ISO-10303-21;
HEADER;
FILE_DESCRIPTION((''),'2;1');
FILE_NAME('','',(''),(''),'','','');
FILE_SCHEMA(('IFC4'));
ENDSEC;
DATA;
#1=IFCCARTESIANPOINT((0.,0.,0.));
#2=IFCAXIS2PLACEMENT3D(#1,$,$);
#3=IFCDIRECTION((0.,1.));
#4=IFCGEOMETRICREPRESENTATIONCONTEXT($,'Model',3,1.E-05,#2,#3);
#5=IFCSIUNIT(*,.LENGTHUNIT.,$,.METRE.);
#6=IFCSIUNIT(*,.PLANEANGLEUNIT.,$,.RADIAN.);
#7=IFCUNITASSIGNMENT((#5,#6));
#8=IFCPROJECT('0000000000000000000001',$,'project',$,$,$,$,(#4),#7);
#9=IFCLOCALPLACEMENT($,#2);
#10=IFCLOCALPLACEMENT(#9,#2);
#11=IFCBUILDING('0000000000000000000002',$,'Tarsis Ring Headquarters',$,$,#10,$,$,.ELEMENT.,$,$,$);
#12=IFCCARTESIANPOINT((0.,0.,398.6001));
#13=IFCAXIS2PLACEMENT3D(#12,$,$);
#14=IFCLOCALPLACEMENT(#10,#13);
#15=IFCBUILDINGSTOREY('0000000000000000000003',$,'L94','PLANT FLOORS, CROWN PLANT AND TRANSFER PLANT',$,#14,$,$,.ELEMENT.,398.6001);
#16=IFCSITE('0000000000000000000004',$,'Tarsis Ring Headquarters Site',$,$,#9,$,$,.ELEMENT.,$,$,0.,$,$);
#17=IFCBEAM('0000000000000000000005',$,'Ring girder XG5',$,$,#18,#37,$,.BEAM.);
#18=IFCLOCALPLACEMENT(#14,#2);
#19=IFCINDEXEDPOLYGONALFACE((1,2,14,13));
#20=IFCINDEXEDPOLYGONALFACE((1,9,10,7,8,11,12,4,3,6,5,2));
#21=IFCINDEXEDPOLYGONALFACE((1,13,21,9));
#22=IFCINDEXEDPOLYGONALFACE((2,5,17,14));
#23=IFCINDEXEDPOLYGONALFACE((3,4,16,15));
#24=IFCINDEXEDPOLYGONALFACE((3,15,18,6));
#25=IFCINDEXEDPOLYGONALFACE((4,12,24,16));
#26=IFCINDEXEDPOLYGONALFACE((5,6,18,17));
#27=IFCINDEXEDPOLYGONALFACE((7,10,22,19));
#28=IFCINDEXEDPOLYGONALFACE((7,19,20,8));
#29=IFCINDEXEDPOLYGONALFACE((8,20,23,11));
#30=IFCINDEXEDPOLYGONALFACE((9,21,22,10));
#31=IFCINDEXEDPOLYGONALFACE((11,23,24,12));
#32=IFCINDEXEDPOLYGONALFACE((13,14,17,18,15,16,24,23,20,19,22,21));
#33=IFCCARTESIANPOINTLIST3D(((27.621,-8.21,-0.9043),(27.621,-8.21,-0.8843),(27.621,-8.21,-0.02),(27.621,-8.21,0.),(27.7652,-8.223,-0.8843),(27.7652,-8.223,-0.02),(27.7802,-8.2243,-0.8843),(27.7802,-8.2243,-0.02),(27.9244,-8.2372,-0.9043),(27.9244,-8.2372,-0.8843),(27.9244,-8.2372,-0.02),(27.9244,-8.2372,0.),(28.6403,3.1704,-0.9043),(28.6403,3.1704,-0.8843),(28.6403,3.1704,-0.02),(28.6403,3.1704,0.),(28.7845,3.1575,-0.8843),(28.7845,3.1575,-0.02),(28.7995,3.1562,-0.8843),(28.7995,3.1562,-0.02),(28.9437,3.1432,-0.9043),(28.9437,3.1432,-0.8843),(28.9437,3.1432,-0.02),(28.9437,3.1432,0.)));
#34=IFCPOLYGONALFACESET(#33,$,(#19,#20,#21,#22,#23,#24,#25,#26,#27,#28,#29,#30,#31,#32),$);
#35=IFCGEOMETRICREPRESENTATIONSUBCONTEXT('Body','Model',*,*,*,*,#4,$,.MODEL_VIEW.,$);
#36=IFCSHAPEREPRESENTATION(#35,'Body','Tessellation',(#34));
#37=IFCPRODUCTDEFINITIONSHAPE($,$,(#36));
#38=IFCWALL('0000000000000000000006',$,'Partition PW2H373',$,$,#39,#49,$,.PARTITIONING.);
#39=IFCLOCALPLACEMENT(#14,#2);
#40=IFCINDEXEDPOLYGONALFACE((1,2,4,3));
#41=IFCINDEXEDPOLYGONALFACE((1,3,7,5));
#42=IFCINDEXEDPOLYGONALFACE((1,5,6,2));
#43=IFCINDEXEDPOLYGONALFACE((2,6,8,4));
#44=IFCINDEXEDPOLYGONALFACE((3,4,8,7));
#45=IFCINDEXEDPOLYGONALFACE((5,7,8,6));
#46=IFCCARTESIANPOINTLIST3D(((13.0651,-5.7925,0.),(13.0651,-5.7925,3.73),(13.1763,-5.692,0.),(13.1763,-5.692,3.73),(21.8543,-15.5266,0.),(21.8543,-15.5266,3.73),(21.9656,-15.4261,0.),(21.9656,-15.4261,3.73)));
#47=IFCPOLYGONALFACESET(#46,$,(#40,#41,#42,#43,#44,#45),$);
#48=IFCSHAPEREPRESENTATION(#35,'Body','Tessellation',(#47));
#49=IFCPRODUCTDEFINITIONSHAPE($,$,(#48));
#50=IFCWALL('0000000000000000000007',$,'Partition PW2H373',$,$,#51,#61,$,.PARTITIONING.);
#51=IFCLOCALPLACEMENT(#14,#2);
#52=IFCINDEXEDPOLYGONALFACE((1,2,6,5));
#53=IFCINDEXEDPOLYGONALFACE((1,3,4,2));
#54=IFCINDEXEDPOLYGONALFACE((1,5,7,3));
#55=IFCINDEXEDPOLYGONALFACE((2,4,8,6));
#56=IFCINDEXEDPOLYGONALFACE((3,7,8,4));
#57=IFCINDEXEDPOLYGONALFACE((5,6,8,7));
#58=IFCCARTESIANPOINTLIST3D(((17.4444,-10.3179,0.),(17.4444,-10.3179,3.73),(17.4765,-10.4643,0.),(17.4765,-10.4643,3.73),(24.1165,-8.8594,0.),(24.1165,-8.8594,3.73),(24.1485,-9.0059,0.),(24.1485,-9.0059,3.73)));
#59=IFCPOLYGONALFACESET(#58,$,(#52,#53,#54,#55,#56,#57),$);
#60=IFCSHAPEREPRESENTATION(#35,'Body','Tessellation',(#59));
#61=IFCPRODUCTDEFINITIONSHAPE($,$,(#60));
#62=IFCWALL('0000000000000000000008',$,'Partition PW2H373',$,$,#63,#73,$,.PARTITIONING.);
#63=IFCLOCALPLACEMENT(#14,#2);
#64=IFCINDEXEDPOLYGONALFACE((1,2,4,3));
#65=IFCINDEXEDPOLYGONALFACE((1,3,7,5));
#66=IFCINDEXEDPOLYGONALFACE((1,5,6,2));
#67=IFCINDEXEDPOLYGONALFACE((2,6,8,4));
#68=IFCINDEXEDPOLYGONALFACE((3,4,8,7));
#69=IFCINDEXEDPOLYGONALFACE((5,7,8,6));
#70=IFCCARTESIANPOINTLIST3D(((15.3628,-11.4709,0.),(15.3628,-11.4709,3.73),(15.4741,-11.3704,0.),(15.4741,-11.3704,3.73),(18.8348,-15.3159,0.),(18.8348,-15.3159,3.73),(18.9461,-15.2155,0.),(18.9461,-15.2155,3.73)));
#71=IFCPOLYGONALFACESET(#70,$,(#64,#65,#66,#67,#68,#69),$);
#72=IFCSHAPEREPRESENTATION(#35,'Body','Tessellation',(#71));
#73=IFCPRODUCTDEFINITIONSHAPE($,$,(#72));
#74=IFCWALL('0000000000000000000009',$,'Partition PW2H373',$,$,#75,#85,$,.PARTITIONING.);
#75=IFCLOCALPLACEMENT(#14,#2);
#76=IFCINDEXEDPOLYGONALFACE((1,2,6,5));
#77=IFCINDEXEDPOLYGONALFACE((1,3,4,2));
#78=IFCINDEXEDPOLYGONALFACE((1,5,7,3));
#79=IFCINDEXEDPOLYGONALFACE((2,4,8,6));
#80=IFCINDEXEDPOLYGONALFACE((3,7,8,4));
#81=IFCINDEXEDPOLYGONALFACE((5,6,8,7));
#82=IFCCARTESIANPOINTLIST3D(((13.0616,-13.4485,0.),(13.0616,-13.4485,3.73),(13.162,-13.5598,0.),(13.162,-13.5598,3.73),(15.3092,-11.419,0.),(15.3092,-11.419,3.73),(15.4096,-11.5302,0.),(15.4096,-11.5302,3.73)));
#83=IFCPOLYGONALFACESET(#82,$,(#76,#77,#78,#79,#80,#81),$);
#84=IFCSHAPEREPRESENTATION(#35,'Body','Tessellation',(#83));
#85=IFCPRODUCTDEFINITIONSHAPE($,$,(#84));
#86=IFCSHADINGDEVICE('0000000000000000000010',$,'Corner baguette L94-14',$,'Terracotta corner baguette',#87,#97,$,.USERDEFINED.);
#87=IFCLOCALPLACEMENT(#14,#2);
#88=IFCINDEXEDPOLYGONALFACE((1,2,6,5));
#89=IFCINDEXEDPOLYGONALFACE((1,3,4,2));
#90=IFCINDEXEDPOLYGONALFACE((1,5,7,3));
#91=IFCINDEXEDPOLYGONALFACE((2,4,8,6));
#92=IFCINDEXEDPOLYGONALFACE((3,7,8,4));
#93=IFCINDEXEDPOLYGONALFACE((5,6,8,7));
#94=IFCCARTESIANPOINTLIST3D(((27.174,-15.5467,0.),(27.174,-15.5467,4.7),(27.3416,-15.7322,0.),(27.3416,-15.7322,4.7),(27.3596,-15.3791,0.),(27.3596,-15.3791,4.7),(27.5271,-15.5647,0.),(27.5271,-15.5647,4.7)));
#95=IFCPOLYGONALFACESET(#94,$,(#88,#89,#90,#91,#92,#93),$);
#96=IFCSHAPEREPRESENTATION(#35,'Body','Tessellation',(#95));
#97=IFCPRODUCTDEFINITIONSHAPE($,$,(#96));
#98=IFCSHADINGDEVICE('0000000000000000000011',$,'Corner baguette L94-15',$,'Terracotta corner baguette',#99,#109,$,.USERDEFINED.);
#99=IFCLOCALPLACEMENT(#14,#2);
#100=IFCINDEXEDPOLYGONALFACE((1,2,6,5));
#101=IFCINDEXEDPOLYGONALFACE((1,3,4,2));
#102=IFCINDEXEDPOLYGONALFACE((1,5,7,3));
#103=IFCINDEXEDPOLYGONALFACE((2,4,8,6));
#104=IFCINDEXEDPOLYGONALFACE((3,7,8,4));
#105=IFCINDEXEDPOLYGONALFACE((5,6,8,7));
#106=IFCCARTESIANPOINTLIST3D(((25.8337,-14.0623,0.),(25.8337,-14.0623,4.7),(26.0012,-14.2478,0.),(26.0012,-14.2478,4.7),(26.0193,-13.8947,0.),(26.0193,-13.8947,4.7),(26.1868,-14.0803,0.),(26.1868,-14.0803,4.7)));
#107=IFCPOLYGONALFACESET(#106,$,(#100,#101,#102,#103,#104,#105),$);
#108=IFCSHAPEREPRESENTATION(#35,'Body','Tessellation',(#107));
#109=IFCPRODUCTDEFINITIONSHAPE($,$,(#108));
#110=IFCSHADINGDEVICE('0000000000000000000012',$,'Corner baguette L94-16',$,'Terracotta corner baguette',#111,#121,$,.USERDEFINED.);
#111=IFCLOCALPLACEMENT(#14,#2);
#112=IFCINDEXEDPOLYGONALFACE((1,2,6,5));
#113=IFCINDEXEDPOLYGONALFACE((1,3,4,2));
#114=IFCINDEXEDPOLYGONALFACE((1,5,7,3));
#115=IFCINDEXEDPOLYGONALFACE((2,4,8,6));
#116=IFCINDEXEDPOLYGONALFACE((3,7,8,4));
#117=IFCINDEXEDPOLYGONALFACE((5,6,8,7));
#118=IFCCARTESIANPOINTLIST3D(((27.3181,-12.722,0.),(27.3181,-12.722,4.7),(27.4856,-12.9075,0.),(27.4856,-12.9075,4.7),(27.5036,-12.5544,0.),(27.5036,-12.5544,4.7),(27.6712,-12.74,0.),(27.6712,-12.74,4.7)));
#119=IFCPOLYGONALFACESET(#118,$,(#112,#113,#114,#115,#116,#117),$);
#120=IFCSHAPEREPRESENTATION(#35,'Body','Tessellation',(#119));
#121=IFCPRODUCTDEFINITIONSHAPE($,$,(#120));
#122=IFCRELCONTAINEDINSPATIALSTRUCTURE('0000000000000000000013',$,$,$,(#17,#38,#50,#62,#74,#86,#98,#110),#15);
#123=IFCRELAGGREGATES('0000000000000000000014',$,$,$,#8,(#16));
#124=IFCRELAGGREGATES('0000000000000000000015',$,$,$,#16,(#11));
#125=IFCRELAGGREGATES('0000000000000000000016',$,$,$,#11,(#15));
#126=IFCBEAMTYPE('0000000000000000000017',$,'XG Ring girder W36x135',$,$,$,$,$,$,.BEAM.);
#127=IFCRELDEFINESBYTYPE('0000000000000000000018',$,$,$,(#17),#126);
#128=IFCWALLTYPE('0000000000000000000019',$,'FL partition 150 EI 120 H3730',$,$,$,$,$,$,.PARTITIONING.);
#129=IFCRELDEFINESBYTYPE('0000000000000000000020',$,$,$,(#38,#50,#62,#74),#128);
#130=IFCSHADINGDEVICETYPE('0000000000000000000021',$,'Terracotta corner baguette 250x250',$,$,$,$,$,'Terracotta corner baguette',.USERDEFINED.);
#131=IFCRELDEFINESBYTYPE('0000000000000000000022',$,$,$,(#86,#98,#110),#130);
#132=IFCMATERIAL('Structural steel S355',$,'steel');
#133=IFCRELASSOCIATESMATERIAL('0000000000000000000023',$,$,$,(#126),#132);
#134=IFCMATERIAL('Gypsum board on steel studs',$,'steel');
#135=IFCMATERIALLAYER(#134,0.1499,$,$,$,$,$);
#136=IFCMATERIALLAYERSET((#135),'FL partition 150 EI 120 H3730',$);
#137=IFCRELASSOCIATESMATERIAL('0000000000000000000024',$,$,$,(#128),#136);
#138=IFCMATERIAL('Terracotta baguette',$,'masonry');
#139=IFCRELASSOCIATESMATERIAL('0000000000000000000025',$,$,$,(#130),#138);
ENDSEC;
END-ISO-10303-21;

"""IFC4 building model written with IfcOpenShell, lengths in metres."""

from ifc_helpers import new_model, si_unit, direction, frame, frame_2d, origin, origin_2d, place, context, subcontext, project, spatial, rectangle, i_section, extrude, material, layer, layer_set, material_profile, profile_set, type_object, element, save


model = new_model("IFC4")

# Units and contexts
model_context = context("Model", 3, precision=1e-05, world=origin(), true_north=direction((0.0, 1.0)))
body_context = subcontext(model_context, "Body", "Model", "MODEL_VIEW")
ifc_project = project(units=[si_unit("LENGTHUNIT", "METRE"), si_unit("PLANEANGLEUNIT", "RADIAN")], contexts=[model_context])

# Site, building, storey
site_placement = place(None, origin())
site = spatial("IfcSite", under=ifc_project, at=site_placement, Name="Tarsis Ring Headquarters Site", CompositionType="ELEMENT", RefElevation=0.0)
building_placement = place(site_placement, origin())
building = spatial("IfcBuilding", under=site, at=building_placement, Name="Tarsis Ring Headquarters", CompositionType="ELEMENT")
storey_placement = place(building_placement, frame((0.0, 0.0, 398.6001)))
storey = spatial("IfcBuildingStorey", under=building, at=storey_placement, Name="L94", Description="PLANT FLOORS, CROWN PLANT AND TRANSFER PLANT", CompositionType="ELEMENT", Elevation=398.6001)

# Shared definitions
ifc_material_1 = material(Name="Structural steel S355", Category="steel")

# Beam
ifc_material_profile_1 = material_profile(ifc_material_1, i_section(OverallWidth=0.3047, OverallDepth=0.9043, WebThickness=0.0151, FlangeThickness=0.02, at=origin_2d()), Name="W36x135")
ifc_profile_set_1 = profile_set([ifc_material_profile_1], Name="Structural steel S355")
beam_type = type_object("IfcBeamType", Name="XG Ring girder W36x135", PredefinedType="BEAM", material=ifc_profile_set_1)
beam_1_placement = place(storey_placement, frame((27.7727, -8.2236, -0.4521), z_axis=(0.089208, 0.996013, 0.0), x_axis=(-0.996013, 0.089208, 0.0)))
element("IfcBeam", 1, at=beam_1_placement, inside=storey, type_object=beam_type, Name="Ring girder XG5", PredefinedType="BEAM", context=body_context, shape_type="SweptSolid", body=[
    extrude(i_section(OverallWidth=0.3047, OverallDepth=0.9043, WebThickness=0.0151, FlangeThickness=0.02, at=origin_2d()), origin(), (0.0, 0.0, 1.0), 11.426),
])

# Walls
ifc_material_2 = material(Name="Gypsum board on steel studs", Category="steel")
ifc_layer = layer(ifc_material_2, 0.1499)
ifc_layer_set = layer_set([ifc_layer], Name="FL partition 150 EI 120 H3730")
wall_type = type_object("IfcWallType", Name="FL partition 150 EI 120 H3730", PredefinedType="PARTITIONING", material=ifc_layer_set)
wall_1_placement = place(storey_placement, frame((13.1206, -5.7422, 0.0), z_axis=(0.0, 0.0, 1.0), x_axis=(0.670168, -0.742209, 0.0)))
element("IfcWall", 2, at=wall_1_placement, inside=storey, type_object=wall_type, Name="Partition PW2H373", PredefinedType="PARTITIONING", context=body_context, shape_type="SweptSolid", body=[
    extrude(rectangle(XDim=13.115, YDim=0.1499, at=frame_2d((6.5576, 0.0))), origin(), (0.0, 0.0, 1.0), 3.73),
])
wall_2_placement = place(storey_placement, frame((17.4604, -10.3911, 0.0), z_axis=(0.0, 0.0, 1.0), x_axis=(0.976931, 0.213553, 0.0)))
element("IfcWall", 3, at=wall_2_placement, inside=storey, type_object=wall_type, Name="Partition PW2H373", PredefinedType="PARTITIONING", context=body_context, shape_type="SweptSolid", body=[
    extrude(rectangle(XDim=6.8296, YDim=0.1499, at=frame_2d((3.4148, 0.0))), origin(), (0.0, 0.0, 1.0), 3.73),
])
wall_3_placement = place(storey_placement, frame((15.4185, -11.4207, 0.0), z_axis=(0.0, 0.0, 1.0), x_axis=(0.670185, -0.742194, 0.0)))
element("IfcWall", 4, at=wall_3_placement, inside=storey, type_object=wall_type, Name="Partition PW2H373", PredefinedType="PARTITIONING", context=body_context, shape_type="SweptSolid", body=[
    extrude(rectangle(XDim=5.1807, YDim=0.1499, at=frame_2d((2.5903, 0.0))), origin(), (0.0, 0.0, 1.0), 3.73),
])
wall_4_placement = place(storey_placement, frame((13.1118, -13.5042, 0.0), z_axis=(0.0, 0.0, 1.0), x_axis=(0.742187, 0.670193, 0.0)))
element("IfcWall", 5, at=wall_4_placement, inside=storey, type_object=wall_type, Name="Partition PW2H373", PredefinedType="PARTITIONING", context=body_context, shape_type="SweptSolid", body=[
    extrude(rectangle(XDim=3.0283, YDim=0.1499, at=frame_2d((1.5142, 0.0))), origin(), (0.0, 0.0, 1.0), 3.73),
])

# Shading devices
ifc_material_3 = material(Name="Terracotta baguette", Category="masonry")
shading_device_type_1 = type_object("IfcShadingDeviceType", Name="Terracotta corner baguette 250x250", ElementType="Terracotta corner baguette", PredefinedType="USERDEFINED", material=ifc_material_3)
for number, where, z_axis, x_axis, name in (
    (6, (27.3506, -15.5557, 0.0), (0.0, 0.0, 1.0), (0.74221, 0.670168, 0.0), "Corner baguette L94-14"),
    (7, (26.0103, -14.0713, 0.0), (0.0, 0.0, 1.0), (-0.670167, 0.74221, 0.0), "Corner baguette L94-15"),
    (8, (27.4946, -12.731, 0.0), (0.0, 0.0, 1.0), (0.74221, 0.670168, 0.0), "Corner baguette L94-16"),
):
    element("IfcShadingDevice", number, at=place(storey_placement, frame(where, z_axis=z_axis, x_axis=x_axis)), inside=storey, type_object=shading_device_type_1, Name=name, ObjectType="Terracotta corner baguette", PredefinedType="USERDEFINED", context=body_context, shape_type="SweptSolid", body=[
        extrude(rectangle(XDim=0.25, YDim=0.25, at=origin_2d()), origin(), (0.0, 0.0, 1.0), 4.7),
    ])

save(model, "model.ifc")
